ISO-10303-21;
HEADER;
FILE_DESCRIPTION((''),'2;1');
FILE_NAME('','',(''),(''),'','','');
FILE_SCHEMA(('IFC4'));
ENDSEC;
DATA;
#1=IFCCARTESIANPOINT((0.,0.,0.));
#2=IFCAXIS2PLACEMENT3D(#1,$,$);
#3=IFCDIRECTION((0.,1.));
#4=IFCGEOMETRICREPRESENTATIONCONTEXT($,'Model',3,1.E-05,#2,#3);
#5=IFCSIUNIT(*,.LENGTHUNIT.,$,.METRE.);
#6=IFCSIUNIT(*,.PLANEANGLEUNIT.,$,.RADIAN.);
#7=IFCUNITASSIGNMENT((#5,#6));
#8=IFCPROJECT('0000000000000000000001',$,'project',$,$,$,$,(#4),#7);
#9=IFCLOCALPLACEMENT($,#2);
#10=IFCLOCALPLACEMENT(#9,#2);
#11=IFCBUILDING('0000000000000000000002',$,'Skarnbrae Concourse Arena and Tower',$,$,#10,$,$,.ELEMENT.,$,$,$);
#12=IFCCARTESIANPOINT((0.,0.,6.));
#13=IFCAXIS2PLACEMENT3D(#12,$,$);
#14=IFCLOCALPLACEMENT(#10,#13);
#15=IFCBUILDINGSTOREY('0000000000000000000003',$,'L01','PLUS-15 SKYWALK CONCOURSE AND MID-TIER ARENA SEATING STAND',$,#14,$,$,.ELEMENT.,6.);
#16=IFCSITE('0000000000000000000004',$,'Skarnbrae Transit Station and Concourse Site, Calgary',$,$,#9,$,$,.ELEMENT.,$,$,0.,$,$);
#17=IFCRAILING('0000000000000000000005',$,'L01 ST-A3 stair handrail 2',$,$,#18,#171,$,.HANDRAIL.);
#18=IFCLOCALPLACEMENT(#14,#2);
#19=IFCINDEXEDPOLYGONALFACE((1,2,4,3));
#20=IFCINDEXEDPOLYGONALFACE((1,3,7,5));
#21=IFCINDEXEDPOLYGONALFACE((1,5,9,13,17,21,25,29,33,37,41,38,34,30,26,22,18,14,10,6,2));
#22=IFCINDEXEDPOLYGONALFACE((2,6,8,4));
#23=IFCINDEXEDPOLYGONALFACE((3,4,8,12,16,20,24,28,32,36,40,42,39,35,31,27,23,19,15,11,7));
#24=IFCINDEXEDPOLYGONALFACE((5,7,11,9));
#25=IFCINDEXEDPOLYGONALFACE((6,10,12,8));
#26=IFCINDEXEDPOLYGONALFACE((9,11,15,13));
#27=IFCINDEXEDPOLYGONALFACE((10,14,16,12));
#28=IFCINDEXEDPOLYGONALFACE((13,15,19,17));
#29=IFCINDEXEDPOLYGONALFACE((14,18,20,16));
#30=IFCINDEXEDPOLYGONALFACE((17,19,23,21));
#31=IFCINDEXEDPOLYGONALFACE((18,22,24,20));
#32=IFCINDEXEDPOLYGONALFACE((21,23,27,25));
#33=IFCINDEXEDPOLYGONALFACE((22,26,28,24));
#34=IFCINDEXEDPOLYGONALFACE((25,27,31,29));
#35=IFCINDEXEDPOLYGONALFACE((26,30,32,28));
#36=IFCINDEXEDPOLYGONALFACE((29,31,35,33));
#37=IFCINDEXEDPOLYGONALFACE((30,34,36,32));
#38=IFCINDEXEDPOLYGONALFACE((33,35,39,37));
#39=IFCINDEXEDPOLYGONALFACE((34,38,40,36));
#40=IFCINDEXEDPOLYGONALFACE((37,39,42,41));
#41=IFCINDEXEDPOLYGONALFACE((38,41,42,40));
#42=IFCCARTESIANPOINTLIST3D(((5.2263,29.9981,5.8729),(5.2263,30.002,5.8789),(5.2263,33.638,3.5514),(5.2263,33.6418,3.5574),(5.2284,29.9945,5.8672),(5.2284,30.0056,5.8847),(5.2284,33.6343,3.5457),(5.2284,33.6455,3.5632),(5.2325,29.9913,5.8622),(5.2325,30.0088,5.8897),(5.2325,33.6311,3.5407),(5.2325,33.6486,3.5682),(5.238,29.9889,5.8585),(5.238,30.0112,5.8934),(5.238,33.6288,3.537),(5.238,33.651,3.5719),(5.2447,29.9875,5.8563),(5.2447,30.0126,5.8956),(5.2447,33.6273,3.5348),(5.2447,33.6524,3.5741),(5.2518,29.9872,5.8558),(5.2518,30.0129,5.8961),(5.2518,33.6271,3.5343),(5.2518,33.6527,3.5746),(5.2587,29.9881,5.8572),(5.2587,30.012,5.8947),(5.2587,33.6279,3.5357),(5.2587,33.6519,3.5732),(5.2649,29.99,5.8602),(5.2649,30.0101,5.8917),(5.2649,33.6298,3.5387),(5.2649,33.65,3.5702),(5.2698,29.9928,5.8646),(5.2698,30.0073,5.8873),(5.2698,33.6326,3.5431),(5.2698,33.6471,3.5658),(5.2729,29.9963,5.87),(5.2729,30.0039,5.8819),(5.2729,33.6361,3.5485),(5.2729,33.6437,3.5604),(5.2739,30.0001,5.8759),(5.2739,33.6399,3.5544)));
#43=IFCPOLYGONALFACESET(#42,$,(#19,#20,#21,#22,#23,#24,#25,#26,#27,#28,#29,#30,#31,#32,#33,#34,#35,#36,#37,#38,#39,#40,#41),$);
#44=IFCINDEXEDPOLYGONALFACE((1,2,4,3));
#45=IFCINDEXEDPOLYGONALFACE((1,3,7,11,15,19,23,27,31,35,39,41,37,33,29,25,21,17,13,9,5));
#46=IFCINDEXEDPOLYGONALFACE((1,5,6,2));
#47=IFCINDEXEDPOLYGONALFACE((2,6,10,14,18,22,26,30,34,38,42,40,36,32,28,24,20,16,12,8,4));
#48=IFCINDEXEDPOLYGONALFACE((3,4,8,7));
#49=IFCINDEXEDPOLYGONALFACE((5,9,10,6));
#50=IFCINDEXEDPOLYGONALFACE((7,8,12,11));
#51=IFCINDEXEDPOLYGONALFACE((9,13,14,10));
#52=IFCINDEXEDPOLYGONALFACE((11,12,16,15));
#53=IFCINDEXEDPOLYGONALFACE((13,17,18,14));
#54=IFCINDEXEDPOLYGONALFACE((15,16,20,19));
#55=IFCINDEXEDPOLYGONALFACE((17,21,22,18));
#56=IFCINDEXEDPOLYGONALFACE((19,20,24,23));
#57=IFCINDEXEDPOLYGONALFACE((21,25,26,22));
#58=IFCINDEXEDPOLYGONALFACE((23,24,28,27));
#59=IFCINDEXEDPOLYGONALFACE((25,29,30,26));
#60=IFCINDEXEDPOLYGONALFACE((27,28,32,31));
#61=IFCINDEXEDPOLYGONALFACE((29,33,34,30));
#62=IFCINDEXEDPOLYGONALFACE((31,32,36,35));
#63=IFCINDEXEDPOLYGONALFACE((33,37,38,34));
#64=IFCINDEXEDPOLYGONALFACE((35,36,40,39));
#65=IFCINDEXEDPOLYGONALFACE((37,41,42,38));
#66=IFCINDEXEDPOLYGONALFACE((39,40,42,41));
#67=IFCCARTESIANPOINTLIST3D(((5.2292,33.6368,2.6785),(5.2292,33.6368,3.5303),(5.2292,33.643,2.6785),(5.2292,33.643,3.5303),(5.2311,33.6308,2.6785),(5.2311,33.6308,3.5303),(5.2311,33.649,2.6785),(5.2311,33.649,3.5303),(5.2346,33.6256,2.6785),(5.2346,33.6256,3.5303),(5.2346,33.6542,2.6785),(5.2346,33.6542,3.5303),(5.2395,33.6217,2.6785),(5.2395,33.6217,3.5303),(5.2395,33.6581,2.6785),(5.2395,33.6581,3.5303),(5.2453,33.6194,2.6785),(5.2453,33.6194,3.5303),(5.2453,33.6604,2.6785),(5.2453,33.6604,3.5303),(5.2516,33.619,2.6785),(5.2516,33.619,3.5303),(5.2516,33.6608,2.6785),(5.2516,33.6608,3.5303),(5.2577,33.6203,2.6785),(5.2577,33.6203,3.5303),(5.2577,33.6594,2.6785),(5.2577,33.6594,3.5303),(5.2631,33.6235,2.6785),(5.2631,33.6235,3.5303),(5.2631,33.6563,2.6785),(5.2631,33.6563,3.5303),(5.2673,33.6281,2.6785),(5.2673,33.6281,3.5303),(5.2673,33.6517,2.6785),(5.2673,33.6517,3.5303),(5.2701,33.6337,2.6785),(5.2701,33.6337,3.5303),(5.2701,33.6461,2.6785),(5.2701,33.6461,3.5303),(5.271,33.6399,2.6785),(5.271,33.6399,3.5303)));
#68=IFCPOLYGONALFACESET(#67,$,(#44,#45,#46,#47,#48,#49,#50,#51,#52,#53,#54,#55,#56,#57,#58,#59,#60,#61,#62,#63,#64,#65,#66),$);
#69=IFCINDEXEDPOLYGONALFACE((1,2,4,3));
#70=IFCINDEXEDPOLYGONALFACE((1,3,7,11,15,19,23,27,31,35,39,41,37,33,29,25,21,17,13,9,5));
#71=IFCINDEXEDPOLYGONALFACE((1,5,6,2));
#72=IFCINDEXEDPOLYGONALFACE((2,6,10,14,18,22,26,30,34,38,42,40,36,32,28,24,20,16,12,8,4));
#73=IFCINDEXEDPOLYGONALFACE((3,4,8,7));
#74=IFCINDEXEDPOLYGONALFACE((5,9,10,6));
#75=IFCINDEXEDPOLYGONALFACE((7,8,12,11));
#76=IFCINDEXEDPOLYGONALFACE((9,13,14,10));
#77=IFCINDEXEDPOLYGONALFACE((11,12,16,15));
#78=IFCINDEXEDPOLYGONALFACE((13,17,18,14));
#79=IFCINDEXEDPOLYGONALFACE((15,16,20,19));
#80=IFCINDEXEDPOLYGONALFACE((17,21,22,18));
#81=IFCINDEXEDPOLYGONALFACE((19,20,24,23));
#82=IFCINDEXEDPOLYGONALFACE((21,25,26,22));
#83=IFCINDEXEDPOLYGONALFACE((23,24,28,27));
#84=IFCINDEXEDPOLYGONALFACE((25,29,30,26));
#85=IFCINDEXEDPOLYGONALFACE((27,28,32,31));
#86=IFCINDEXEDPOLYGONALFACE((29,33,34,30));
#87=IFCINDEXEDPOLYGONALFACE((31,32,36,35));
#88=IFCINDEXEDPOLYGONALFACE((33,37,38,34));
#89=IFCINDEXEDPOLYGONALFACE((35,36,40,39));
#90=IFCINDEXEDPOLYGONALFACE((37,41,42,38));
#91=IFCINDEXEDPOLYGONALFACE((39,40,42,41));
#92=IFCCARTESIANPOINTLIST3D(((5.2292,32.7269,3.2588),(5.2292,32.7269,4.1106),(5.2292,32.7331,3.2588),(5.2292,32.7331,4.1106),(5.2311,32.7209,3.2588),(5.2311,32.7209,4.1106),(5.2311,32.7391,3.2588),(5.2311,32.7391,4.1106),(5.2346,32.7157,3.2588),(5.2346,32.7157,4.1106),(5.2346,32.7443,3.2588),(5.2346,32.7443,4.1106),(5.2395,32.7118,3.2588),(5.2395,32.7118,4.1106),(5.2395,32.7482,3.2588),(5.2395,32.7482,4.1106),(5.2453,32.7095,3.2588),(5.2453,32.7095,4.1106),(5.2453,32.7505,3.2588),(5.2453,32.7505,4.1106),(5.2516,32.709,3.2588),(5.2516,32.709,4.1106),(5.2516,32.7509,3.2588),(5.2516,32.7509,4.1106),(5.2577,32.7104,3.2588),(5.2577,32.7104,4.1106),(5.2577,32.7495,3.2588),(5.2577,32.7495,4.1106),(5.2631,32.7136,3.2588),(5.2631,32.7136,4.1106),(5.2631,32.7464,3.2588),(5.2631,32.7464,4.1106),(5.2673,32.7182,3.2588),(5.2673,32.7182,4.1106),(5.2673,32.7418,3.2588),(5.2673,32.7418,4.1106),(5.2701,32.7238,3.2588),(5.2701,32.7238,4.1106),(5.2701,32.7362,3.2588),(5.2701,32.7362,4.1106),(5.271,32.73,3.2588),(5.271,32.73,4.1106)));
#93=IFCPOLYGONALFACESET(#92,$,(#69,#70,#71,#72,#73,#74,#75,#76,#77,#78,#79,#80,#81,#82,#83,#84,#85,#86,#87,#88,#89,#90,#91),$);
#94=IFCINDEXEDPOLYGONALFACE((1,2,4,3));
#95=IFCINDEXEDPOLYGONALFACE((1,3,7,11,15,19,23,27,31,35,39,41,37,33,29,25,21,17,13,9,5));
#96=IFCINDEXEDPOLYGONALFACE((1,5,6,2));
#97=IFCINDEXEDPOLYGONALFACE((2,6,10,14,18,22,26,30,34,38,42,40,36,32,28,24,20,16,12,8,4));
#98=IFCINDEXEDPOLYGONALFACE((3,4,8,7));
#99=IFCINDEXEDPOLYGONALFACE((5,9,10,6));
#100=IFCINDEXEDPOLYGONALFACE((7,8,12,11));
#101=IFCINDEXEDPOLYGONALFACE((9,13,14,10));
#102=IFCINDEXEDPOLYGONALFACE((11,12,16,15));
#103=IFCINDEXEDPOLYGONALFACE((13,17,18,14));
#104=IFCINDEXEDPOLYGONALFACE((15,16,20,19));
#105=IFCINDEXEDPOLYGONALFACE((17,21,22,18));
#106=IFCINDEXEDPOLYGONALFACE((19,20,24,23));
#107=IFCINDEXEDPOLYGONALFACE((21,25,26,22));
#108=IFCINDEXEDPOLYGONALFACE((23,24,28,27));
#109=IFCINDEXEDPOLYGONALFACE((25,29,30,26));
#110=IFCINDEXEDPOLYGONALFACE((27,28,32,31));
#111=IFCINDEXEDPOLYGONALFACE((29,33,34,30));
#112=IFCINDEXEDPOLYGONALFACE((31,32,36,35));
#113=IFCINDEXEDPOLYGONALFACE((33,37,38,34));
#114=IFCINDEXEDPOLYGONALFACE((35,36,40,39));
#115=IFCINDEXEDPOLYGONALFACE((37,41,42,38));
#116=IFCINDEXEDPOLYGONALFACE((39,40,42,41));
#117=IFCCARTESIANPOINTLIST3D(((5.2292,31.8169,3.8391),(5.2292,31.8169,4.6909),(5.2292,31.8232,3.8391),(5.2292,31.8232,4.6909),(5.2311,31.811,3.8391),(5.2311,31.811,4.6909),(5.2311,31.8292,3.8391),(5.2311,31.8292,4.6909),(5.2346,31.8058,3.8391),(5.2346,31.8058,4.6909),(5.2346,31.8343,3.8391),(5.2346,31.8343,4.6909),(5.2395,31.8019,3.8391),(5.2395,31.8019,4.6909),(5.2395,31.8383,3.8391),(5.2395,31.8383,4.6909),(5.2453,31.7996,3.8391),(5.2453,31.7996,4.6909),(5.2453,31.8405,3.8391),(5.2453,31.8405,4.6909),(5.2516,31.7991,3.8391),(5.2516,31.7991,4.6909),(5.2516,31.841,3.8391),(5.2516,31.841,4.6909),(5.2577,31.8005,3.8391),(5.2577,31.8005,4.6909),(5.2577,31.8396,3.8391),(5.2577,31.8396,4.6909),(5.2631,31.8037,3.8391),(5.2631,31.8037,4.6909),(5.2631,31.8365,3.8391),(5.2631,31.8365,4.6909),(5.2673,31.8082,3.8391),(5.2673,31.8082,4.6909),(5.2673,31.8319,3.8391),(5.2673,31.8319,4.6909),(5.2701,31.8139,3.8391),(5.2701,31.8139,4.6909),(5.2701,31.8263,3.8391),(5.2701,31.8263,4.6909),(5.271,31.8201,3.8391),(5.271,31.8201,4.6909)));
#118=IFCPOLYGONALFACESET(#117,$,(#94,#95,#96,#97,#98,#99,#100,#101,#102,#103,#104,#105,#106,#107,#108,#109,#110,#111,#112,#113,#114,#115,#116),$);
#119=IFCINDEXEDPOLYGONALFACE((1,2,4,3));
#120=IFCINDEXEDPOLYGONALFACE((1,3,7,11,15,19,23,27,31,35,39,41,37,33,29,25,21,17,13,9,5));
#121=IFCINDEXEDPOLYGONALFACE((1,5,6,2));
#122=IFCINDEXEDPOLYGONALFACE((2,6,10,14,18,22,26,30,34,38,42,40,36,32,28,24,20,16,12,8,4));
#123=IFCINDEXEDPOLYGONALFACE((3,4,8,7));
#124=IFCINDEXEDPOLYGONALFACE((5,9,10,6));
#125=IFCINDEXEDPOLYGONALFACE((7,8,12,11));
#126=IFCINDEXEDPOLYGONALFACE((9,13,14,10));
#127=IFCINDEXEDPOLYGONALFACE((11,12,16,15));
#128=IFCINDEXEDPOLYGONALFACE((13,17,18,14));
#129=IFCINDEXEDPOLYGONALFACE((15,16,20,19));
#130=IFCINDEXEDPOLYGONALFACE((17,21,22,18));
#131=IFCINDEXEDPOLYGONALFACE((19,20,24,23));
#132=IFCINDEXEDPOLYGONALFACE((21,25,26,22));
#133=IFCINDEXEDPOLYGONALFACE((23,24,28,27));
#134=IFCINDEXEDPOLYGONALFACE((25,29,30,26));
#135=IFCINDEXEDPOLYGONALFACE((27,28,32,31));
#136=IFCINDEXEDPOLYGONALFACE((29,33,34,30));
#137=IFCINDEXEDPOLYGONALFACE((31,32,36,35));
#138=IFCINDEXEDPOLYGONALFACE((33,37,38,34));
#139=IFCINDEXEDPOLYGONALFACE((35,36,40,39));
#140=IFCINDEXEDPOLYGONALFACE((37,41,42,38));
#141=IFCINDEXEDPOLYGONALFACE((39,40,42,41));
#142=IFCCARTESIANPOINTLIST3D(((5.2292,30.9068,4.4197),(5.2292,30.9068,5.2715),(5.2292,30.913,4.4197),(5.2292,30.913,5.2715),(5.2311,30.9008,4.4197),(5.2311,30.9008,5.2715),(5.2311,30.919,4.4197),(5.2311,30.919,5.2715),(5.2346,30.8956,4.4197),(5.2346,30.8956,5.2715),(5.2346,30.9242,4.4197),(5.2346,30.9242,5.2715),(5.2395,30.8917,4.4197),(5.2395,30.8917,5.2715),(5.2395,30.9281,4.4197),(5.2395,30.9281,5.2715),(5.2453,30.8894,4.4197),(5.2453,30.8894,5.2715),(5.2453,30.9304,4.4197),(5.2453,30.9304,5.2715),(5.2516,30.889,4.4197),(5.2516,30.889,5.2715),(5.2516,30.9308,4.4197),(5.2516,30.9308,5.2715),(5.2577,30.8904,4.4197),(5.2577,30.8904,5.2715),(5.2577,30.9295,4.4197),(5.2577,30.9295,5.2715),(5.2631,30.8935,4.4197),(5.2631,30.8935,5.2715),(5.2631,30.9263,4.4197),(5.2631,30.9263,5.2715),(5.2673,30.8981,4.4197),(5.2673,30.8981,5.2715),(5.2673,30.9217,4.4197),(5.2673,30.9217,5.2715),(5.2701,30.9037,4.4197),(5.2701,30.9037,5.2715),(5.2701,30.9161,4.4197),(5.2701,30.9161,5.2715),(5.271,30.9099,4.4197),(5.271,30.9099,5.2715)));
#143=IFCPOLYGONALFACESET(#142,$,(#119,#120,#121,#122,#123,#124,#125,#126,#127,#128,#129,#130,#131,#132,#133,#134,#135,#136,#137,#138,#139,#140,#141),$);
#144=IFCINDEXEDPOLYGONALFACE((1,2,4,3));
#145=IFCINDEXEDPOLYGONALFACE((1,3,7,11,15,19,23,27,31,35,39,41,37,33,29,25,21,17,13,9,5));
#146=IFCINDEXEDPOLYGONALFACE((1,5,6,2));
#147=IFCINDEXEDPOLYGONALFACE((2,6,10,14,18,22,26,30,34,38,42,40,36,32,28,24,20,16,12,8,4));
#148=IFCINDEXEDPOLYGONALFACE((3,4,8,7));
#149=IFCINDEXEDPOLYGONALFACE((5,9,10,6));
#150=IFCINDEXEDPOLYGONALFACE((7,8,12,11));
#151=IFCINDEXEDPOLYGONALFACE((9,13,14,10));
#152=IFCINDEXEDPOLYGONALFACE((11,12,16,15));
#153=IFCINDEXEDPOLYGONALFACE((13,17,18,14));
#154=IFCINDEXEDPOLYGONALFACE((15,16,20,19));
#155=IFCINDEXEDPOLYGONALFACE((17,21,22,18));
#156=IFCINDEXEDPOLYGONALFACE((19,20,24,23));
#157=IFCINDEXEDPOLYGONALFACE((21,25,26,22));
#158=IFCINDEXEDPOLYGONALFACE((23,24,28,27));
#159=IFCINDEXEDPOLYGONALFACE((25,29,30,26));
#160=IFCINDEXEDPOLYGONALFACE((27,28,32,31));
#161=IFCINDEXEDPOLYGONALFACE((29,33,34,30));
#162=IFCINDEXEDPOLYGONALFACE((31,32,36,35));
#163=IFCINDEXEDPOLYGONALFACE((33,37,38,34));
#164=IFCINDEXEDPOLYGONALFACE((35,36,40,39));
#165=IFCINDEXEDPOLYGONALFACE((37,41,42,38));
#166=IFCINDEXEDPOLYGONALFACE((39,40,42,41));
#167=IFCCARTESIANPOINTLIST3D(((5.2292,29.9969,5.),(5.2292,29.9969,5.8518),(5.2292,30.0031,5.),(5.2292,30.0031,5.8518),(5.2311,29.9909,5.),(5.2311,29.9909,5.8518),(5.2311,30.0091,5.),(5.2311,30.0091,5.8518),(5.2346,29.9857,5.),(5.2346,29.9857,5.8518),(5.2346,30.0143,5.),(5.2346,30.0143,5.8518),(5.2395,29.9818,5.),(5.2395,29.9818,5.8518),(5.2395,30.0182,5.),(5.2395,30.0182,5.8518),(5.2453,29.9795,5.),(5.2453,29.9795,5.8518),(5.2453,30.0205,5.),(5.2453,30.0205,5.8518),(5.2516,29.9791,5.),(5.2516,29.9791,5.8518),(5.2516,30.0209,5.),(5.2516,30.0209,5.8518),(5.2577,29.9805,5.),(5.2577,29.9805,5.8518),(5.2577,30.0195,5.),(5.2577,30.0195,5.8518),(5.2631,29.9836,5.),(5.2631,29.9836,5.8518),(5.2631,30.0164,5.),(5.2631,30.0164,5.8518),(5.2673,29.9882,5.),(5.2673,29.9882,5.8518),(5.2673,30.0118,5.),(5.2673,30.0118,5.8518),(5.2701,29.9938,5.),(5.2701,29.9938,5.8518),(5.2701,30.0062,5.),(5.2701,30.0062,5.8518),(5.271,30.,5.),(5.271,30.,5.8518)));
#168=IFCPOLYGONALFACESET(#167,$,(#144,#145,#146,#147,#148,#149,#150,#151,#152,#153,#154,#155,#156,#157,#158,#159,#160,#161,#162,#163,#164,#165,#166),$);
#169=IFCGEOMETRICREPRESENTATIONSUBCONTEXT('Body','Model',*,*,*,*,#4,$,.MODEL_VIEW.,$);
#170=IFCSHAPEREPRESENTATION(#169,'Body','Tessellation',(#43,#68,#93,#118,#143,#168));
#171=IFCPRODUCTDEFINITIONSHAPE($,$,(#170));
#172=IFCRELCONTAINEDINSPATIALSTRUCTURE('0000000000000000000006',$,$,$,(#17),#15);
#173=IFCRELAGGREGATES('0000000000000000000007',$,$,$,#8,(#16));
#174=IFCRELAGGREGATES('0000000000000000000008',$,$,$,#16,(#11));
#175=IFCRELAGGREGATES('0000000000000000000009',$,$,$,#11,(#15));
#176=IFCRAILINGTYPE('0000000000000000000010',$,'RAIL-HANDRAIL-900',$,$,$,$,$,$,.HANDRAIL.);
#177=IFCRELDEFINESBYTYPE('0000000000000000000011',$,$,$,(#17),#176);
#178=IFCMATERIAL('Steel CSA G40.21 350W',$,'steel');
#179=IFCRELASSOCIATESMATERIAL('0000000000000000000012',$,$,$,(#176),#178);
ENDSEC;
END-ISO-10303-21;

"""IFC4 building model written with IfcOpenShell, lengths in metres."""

from ifc_helpers import new_model, si_unit, direction, frame, origin, origin_2d, place, context, subcontext, project, spatial, circle, extrude, material, type_object, element, save


model = new_model("IFC4")

# Units and contexts
model_context = context("Model", 3, precision=1e-05, world=origin(), true_north=direction((0.0, 1.0)))
body_context = subcontext(model_context, "Body", "Model", "MODEL_VIEW")
ifc_project = project(units=[si_unit("LENGTHUNIT", "METRE"), si_unit("PLANEANGLEUNIT", "RADIAN")], contexts=[model_context])

# Site, building, storey
site_placement = place(None, origin())
site = spatial("IfcSite", under=ifc_project, at=site_placement, Name="Skarnbrae Transit Station and Concourse Site, Calgary", CompositionType="ELEMENT", RefElevation=0.0)
building_placement = place(site_placement, origin())
building = spatial("IfcBuilding", under=site, at=building_placement, Name="Skarnbrae Concourse Arena and Tower", CompositionType="ELEMENT")
storey_placement = place(building_placement, frame((0.0, 0.0, 6.0)))
storey = spatial("IfcBuildingStorey", under=building, at=storey_placement, Name="L01", Description="PLUS-15 SKYWALK CONCOURSE AND MID-TIER ARENA SEATING STAND", CompositionType="ELEMENT", Elevation=6.0)

# Shared definitions
ifc_material_1 = material(Name="Steel CSA G40.21 350W", Category="steel")

# Railing
railing_type_1 = type_object("IfcRailingType", Name="RAIL-HANDRAIL-900", PredefinedType="HANDRAIL", material=ifc_material_1)
railing_1_placement = place(storey_placement, frame((5.25, 33.6399, 2.6785)))
element("IfcRailing", 1, at=railing_1_placement, inside=storey, type_object=railing_type_1, Name="L01 ST-A3 stair handrail 2", PredefinedType="HANDRAIL", context=body_context, shape_type="SweptSolid", body=[
    extrude(circle(Radius=0.0239, at=origin_2d()), frame((0.0, 0.0, 0.876), z_axis=(0.0, -0.843112, 0.537739), x_axis=(1.0, 0.0, 0.0)), (0.0, 0.0, 1.0), 4.3171),
    extrude(circle(Radius=0.021, at=origin_2d()), origin(), (0.0, 0.0, 1.0), 0.8518),
    extrude(circle(Radius=0.021, at=origin_2d()), frame((0.0, -0.9099, 0.5803)), (0.0, 0.0, 1.0), 0.8518),
    extrude(circle(Radius=0.021, at=origin_2d()), frame((0.0, -1.8198, 1.1606)), (0.0, 0.0, 1.0), 0.8518),
    extrude(circle(Radius=0.021, at=origin_2d()), frame((0.0, -2.73, 1.7412)), (0.0, 0.0, 1.0), 0.8518),
    extrude(circle(Radius=0.021, at=origin_2d()), frame((0.0, -3.6399, 2.3215)), (0.0, 0.0, 1.0), 0.8518),
])

save(model, "model.ifc")
